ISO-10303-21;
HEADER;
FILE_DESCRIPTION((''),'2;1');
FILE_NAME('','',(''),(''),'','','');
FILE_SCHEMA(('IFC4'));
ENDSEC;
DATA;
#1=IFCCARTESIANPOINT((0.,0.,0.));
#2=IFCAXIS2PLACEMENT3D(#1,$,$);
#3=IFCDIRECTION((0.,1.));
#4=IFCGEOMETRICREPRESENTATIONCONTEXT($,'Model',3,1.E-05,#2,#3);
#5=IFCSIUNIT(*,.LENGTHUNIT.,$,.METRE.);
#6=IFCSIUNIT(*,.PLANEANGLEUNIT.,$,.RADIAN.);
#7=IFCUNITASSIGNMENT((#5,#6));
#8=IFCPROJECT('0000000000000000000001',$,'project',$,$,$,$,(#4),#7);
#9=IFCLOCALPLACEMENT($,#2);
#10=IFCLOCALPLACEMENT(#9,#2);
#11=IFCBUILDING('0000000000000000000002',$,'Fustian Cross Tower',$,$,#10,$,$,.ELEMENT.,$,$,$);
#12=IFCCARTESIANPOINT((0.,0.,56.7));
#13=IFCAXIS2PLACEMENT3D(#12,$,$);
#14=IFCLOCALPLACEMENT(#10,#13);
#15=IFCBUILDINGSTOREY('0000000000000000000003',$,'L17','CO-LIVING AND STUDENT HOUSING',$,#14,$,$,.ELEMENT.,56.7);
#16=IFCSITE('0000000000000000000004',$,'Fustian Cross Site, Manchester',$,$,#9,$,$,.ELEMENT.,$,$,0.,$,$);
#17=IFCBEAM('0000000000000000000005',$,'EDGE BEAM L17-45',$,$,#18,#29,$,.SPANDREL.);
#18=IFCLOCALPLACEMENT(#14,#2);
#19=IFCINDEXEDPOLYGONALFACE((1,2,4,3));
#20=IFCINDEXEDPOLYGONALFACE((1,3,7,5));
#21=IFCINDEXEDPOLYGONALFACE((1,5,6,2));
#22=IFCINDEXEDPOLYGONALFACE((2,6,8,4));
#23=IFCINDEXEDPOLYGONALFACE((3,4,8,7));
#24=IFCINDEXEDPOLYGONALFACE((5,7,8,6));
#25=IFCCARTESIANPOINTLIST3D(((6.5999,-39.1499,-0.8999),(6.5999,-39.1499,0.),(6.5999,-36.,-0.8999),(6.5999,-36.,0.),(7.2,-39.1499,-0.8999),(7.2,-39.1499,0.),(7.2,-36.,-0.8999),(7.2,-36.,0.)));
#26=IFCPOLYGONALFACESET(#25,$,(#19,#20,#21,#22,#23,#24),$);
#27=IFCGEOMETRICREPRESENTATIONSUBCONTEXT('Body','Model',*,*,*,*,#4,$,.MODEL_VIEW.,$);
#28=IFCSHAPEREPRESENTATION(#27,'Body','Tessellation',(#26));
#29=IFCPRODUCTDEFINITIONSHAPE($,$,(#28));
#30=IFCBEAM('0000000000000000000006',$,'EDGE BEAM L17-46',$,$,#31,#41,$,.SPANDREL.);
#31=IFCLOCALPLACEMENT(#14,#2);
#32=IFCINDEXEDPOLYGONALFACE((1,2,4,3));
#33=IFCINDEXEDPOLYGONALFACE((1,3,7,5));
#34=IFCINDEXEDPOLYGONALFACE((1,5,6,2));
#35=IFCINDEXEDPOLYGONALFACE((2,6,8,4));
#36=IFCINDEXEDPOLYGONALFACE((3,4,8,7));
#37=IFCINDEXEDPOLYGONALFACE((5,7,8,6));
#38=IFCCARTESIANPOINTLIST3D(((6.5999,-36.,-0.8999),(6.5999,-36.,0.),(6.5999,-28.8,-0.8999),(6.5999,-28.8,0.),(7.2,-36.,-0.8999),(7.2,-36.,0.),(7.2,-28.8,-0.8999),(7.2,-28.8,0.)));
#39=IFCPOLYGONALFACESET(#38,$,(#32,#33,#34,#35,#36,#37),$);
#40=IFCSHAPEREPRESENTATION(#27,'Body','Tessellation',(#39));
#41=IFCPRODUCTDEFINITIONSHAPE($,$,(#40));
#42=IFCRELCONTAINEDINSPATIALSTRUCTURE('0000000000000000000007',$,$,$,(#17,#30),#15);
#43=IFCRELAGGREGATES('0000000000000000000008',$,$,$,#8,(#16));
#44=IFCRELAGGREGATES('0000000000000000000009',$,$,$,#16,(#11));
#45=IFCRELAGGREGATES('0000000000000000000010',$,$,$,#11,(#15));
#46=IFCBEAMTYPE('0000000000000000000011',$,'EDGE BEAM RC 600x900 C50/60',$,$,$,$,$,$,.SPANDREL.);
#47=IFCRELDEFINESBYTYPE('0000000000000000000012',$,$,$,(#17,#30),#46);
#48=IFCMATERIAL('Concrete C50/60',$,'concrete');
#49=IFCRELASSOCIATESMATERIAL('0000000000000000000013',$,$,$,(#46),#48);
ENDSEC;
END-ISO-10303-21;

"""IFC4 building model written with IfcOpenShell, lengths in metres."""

from ifc_helpers import new_model, si_unit, direction, frame, origin, origin_2d, place, context, subcontext, project, spatial, rectangle, extrude, material, material_profile, profile_set, type_object, element, save


model = new_model("IFC4")

# Units and contexts
model_context = context("Model", 3, precision=1e-05, world=origin(), true_north=direction((0.0, 1.0)))
body_context = subcontext(model_context, "Body", "Model", "MODEL_VIEW")
ifc_project = project(units=[si_unit("LENGTHUNIT", "METRE"), si_unit("PLANEANGLEUNIT", "RADIAN")], contexts=[model_context])

# Site, building, storey
site_placement = place(None, origin())
site = spatial("IfcSite", under=ifc_project, at=site_placement, Name="Fustian Cross Site, Manchester", CompositionType="ELEMENT", RefElevation=0.0)
building_placement = place(site_placement, origin())
building = spatial("IfcBuilding", under=site, at=building_placement, Name="Fustian Cross Tower", CompositionType="ELEMENT")
storey_placement = place(building_placement, frame((0.0, 0.0, 56.7)))
storey = spatial("IfcBuildingStorey", under=building, at=storey_placement, Name="L17", Description="CO-LIVING AND STUDENT HOUSING", CompositionType="ELEMENT", Elevation=56.7)

# Beams
ifc_material_1 = material(Name="Concrete C50/60", Category="concrete")
ifc_material_profile_1 = material_profile(ifc_material_1, rectangle(XDim=0.6001, YDim=0.8999, at=origin_2d()), Name="RC 600x900")
ifc_profile_set_1 = profile_set([ifc_material_profile_1], Name="Concrete C50/60")
beam_type = type_object("IfcBeamType", Name="EDGE BEAM RC 600x900 C50/60", PredefinedType="SPANDREL", material=ifc_profile_set_1)
beam_1_placement = place(storey_placement, frame((6.8999, -39.1499, -0.45), z_axis=(0.0, 1.0, 0.0), x_axis=(-1.0, 0.0, 0.0)))
element("IfcBeam", 1, at=beam_1_placement, inside=storey, type_object=beam_type, Name="EDGE BEAM L17-45", PredefinedType="SPANDREL", context=body_context, shape_type="SweptSolid", body=[
    extrude(rectangle(XDim=0.6001, YDim=0.8999, at=origin_2d()), origin(), (0.0, 0.0, 1.0), 3.1499),
])
beam_2_placement = place(storey_placement, frame((6.8999, -36.0, -0.45), z_axis=(0.0, 1.0, 0.0), x_axis=(-1.0, 0.0, 0.0)))
element("IfcBeam", 2, at=beam_2_placement, inside=storey, type_object=beam_type, Name="EDGE BEAM L17-46", PredefinedType="SPANDREL", context=body_context, shape_type="SweptSolid", body=[
    extrude(rectangle(XDim=0.6001, YDim=0.8999, at=origin_2d()), origin(), (0.0, 0.0, 1.0), 7.2),
])

save(model, "model.ifc")
